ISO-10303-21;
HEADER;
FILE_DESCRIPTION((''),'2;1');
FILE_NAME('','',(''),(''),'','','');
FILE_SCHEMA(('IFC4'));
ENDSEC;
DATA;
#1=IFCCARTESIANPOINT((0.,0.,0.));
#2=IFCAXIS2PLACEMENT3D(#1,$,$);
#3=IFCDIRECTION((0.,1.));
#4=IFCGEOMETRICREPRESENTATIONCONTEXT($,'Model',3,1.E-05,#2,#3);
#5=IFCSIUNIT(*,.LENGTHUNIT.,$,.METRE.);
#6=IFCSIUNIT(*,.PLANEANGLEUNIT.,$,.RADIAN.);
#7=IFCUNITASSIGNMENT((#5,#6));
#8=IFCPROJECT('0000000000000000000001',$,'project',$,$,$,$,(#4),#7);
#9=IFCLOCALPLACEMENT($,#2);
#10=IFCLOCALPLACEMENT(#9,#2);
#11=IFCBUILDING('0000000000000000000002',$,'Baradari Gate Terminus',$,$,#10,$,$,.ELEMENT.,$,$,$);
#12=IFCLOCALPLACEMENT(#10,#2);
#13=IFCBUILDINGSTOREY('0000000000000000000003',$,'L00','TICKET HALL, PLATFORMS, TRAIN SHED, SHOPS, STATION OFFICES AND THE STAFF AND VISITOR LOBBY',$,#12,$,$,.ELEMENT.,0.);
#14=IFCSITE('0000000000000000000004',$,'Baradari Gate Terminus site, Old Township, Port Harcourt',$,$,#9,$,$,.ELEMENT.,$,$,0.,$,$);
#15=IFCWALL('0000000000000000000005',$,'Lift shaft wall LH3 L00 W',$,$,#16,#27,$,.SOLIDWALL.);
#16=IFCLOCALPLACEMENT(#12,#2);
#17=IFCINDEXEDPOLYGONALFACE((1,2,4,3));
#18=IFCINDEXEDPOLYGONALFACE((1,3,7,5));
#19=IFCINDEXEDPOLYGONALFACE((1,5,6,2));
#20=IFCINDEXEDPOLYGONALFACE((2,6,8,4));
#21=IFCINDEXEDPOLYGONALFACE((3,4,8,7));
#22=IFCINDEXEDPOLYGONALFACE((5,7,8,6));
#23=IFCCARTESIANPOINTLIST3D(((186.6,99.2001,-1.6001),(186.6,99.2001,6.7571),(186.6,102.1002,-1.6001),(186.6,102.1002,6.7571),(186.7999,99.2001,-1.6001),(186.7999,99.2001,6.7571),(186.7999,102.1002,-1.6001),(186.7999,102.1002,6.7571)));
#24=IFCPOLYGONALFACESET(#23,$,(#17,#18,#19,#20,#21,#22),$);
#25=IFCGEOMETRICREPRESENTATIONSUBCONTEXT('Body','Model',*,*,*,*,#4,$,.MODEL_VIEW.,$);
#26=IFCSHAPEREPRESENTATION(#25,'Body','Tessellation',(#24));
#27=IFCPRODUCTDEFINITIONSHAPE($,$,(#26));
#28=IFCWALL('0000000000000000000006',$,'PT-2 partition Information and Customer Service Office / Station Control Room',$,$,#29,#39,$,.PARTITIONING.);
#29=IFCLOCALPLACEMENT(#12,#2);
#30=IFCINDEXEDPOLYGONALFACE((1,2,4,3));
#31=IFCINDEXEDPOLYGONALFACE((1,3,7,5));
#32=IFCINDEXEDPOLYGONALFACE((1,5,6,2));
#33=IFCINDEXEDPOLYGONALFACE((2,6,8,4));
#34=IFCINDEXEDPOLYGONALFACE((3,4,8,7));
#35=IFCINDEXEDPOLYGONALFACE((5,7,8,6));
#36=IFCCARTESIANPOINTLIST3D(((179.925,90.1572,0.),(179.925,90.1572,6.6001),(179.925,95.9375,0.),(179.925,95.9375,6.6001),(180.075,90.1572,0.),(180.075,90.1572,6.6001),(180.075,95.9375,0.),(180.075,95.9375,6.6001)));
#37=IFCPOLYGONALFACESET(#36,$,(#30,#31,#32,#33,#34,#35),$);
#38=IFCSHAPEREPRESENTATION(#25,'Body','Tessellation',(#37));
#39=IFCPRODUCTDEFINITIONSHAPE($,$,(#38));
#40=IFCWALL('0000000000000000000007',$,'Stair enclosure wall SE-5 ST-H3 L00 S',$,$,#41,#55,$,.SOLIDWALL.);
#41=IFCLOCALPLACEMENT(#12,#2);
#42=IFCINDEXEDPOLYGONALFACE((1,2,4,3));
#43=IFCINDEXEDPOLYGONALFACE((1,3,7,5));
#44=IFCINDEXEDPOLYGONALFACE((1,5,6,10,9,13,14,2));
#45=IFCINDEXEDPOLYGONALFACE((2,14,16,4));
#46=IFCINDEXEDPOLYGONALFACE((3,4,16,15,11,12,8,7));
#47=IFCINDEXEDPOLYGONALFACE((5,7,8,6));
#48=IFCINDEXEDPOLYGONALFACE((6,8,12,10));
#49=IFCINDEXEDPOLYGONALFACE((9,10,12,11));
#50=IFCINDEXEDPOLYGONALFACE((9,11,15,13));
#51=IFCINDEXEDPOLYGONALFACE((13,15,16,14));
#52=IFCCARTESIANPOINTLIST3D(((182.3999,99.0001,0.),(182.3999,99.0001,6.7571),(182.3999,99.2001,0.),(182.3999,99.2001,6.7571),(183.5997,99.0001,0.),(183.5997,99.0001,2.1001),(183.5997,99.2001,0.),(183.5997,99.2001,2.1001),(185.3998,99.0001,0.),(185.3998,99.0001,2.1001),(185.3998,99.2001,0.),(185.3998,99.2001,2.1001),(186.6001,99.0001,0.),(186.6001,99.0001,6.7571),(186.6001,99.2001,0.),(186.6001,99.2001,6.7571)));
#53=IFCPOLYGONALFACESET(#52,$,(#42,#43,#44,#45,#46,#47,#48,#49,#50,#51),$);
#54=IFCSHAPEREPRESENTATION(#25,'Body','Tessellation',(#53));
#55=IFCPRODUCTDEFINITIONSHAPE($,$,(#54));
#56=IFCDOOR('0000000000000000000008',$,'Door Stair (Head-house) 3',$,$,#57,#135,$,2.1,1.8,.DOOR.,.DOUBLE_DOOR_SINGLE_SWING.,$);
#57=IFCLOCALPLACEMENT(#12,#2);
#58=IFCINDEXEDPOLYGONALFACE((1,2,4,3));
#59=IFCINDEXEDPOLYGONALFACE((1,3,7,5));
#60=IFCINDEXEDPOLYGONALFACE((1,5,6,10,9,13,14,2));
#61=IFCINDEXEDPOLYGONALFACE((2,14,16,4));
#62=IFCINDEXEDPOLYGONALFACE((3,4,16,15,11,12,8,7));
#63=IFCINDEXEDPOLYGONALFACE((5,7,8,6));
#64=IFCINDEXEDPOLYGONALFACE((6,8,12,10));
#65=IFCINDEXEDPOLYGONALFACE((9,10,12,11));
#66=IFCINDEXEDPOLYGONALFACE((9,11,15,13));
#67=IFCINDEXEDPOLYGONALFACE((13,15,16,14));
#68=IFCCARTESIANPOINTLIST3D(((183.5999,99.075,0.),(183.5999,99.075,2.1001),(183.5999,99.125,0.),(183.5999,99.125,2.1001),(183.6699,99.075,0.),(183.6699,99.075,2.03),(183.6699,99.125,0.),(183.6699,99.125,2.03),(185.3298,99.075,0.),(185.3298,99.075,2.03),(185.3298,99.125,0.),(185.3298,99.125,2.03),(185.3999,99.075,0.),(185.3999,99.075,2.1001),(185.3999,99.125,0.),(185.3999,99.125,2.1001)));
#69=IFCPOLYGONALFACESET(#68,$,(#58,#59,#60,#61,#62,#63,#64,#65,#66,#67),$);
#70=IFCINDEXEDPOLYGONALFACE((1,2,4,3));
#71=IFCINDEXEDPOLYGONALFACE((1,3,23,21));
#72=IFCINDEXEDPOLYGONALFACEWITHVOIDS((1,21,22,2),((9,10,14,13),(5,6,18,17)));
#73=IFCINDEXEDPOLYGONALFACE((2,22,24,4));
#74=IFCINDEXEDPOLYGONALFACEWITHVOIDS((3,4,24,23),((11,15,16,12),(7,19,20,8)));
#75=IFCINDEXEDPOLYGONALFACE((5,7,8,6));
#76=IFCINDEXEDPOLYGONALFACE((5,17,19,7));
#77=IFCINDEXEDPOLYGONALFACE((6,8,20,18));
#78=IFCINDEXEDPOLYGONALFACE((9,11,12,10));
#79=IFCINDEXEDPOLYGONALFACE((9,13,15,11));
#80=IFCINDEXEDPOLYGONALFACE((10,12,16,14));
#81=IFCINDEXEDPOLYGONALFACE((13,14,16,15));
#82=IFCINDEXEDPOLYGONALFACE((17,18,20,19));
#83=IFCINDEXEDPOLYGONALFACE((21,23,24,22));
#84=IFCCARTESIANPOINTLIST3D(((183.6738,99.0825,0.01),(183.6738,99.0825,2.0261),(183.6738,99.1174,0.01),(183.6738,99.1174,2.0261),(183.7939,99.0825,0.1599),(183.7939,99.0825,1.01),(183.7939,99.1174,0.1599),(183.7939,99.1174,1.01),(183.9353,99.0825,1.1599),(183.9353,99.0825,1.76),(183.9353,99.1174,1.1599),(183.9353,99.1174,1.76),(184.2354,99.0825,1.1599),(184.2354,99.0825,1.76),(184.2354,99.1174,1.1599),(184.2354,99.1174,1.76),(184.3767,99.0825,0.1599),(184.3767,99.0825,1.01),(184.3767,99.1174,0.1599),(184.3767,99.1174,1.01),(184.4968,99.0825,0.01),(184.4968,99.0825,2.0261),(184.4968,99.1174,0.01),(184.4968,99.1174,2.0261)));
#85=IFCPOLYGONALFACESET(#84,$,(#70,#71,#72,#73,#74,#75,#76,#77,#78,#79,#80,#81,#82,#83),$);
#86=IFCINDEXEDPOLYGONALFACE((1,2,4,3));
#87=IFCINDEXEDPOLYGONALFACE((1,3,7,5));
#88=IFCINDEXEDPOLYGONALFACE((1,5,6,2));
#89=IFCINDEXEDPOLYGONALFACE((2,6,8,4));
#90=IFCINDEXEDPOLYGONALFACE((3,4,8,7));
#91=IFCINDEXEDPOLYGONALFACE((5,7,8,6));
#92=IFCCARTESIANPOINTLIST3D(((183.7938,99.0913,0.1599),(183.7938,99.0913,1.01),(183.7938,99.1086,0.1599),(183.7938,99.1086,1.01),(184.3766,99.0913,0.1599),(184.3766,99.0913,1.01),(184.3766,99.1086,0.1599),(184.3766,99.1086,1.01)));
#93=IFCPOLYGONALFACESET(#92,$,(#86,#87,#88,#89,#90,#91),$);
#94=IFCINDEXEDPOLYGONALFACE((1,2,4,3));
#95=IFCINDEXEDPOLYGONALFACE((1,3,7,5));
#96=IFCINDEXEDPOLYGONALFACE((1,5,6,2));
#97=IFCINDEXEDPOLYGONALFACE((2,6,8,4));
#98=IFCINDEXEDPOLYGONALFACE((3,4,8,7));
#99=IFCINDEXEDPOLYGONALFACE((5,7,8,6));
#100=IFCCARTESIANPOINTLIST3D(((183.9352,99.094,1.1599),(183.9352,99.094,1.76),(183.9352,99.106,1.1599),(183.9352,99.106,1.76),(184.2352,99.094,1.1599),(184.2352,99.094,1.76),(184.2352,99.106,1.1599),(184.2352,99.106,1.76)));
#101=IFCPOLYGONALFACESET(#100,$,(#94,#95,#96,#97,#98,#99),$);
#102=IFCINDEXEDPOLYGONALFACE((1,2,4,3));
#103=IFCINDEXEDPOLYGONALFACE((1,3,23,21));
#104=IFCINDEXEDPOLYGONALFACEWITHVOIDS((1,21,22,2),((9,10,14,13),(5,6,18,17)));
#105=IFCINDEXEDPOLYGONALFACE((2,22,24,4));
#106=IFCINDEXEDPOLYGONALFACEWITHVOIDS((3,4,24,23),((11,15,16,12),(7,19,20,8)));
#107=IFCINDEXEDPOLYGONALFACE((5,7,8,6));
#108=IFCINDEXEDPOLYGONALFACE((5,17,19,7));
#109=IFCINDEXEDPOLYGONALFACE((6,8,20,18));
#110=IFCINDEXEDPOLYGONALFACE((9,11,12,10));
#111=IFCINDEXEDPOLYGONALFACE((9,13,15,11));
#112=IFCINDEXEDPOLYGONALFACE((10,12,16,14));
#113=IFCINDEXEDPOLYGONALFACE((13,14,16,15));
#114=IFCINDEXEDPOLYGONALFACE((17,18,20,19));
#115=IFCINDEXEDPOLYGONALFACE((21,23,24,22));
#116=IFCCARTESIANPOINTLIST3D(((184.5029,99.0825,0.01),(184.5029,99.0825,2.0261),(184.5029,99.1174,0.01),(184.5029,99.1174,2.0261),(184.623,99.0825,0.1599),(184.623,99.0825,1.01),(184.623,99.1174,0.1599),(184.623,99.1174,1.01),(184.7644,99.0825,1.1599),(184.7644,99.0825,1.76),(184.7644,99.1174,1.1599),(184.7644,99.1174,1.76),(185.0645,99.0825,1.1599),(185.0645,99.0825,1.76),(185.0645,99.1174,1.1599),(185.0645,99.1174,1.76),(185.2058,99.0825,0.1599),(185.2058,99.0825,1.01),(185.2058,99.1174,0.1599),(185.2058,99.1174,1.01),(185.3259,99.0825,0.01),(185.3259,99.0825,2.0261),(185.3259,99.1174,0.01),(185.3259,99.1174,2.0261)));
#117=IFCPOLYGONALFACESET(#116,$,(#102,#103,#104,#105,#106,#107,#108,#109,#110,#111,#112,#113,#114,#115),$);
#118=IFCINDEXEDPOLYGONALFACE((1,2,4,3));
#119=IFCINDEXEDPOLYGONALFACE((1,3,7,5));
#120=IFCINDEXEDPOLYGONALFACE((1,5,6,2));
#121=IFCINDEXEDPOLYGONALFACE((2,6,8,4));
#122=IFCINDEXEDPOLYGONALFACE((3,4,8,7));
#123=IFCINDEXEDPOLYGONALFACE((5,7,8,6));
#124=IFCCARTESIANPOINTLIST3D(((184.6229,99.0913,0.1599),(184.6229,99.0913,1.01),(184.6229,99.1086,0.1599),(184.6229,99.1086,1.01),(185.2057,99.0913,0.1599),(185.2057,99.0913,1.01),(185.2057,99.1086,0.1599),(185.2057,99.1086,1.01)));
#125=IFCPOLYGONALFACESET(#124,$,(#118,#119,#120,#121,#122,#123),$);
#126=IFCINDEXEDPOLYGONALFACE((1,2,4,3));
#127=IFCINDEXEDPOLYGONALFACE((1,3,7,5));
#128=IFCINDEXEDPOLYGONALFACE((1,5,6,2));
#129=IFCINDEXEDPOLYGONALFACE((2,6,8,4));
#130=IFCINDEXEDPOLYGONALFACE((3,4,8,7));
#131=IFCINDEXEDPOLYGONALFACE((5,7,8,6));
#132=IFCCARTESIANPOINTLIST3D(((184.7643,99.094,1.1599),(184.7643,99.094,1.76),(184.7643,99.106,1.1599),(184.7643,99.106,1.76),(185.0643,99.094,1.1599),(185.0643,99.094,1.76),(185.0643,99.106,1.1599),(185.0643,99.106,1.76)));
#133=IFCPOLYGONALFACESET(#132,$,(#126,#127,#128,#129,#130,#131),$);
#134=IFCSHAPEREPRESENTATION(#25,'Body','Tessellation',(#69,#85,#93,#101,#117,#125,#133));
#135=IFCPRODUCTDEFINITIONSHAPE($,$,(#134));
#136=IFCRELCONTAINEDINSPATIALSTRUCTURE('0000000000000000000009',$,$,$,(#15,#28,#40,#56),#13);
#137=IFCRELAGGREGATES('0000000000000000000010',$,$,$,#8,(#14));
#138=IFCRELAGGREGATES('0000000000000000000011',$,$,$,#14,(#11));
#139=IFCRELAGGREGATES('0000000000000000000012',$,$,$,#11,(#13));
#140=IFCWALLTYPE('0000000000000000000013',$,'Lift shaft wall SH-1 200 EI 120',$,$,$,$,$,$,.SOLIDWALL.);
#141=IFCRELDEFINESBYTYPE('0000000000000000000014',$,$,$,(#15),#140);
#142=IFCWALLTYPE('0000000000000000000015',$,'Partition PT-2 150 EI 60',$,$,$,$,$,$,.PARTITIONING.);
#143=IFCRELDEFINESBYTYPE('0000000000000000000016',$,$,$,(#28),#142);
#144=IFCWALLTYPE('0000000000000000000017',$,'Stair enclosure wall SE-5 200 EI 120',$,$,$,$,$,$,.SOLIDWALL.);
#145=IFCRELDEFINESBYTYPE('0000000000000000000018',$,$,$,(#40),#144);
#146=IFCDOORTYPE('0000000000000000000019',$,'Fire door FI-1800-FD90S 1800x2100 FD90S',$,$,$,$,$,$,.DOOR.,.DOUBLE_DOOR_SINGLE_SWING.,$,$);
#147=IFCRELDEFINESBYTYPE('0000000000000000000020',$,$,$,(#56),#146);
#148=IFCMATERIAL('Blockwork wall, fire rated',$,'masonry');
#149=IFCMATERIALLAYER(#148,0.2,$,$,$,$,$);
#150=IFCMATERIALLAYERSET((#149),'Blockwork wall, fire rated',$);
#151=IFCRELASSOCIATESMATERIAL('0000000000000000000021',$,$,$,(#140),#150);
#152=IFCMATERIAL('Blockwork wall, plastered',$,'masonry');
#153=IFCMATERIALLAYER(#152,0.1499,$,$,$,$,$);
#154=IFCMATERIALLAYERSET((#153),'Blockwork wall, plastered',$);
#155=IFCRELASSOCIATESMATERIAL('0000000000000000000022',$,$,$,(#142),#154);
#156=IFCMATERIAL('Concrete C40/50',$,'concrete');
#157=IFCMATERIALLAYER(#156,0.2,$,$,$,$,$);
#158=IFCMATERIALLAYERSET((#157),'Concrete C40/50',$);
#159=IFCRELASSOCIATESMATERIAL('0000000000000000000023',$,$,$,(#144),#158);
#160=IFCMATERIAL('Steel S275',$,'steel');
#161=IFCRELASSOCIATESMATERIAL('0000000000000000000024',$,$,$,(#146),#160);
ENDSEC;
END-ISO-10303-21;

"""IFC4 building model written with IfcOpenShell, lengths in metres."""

from ifc_helpers import new_model, si_unit, direction, frame, frame_2d, origin, place, context, subcontext, project, spatial, polyline, rectangle, outline, extrude, material, layer, layer_set, type_object, element, fill, save


model = new_model("IFC4")

# Units and contexts
model_context = context("Model", 3, precision=1e-05, world=origin(), true_north=direction((0.0, 1.0)))
body_context = subcontext(model_context, "Body", "Model", "MODEL_VIEW")
ifc_project = project(units=[si_unit("LENGTHUNIT", "METRE"), si_unit("PLANEANGLEUNIT", "RADIAN")], contexts=[model_context])

# Site, building, storey
site_placement = place(None, origin())
site = spatial("IfcSite", under=ifc_project, at=site_placement, Name="Baradari Gate Terminus site, Old Township, Port Harcourt", CompositionType="ELEMENT", RefElevation=0.0)
building_placement = place(site_placement, origin())
building = spatial("IfcBuilding", under=site, at=building_placement, Name="Baradari Gate Terminus", CompositionType="ELEMENT")
storey_placement = place(building_placement, origin())
storey = spatial("IfcBuildingStorey", under=building, at=storey_placement, Name="L00", Description="TICKET HALL, PLATFORMS, TRAIN SHED, SHOPS, STATION OFFICES AND THE STAFF AND VISITOR LOBBY", CompositionType="ELEMENT", Elevation=0.0)

# Shared definitions
ifc_material_1 = material(Name="Blockwork wall, fire rated", Category="masonry")
ifc_layer_1 = layer(ifc_material_1, 0.2)
ifc_layer_set_1 = layer_set([ifc_layer_1], Name="Blockwork wall, fire rated")
wall_type_1 = type_object("IfcWallType", Name="Lift shaft wall SH-1 200 EI 120", PredefinedType="SOLIDWALL", material=ifc_layer_set_1)

# Walls
wall_1_placement = place(storey_placement, frame((186.7, 99.2, -1.6001), z_axis=(0.0, 0.0, 1.0), x_axis=(0.0, 1.0, 0.0)))
element("IfcWall", 1, at=wall_1_placement, inside=storey, type_object=wall_type_1, Name="Lift shaft wall LH3 L00 W", PredefinedType="SOLIDWALL", context=body_context, shape_type="SweptSolid", body=[
    extrude(rectangle(XDim=2.9001, YDim=0.2, at=frame_2d((1.4502, 0.0))), origin(), (0.0, 0.0, 1.0), 8.3572),
])
ifc_material_2 = material(Name="Blockwork wall, plastered", Category="masonry")
ifc_layer_2 = layer(ifc_material_2, 0.1499)
ifc_layer_set_2 = layer_set([ifc_layer_2], Name="Blockwork wall, plastered")
wall_type_2 = type_object("IfcWallType", Name="Partition PT-2 150 EI 60", PredefinedType="PARTITIONING", material=ifc_layer_set_2)
wall_2_placement = place(storey_placement, frame((180.0, 95.9375, 0.0), z_axis=(0.0, 0.0, 1.0), x_axis=(0.0, -1.0, 0.0)))
element("IfcWall", 2, at=wall_2_placement, inside=storey, type_object=wall_type_2, Name="PT-2 partition Information and Customer Service Office / Station Control Room", PredefinedType="PARTITIONING", context=body_context, shape_type="SweptSolid", body=[
    extrude(rectangle(XDim=5.7803, YDim=0.1499, at=frame_2d((2.8901, 0.0))), origin(), (0.0, 0.0, 1.0), 6.6001),
])

# Wall, opening, door
ifc_material_3 = material(Name="Concrete C40/50", Category="concrete")
ifc_layer_3 = layer(ifc_material_3, 0.2)
ifc_layer_set_3 = layer_set([ifc_layer_3], Name="Concrete C40/50")
wall_type_3 = type_object("IfcWallType", Name="Stair enclosure wall SE-5 200 EI 120", PredefinedType="SOLIDWALL", material=ifc_layer_set_3)
wall_3_placement = place(storey_placement, frame((182.3999, 99.1001, 0.0), z_axis=(0.0, 0.0, 1.0), x_axis=(1.0, 0.0, 0.0)))
wall_3 = element("IfcWall", 3, at=wall_3_placement, inside=storey, type_object=wall_type_3, Name="Stair enclosure wall SE-5 ST-H3 L00 S", PredefinedType="SOLIDWALL", context=body_context, shape_type="SweptSolid", body=[
    extrude(rectangle(XDim=4.2002, YDim=0.2, at=frame_2d((2.1001, 0.0))), origin(), (0.0, 0.0, 1.0), 6.7571),
])
opening_1_placement = place(wall_3_placement, frame((1.2, 0.0, 0.0)))
opening_1 = element("IfcOpeningElement", 4, at=opening_1_placement, cuts=wall_3, PredefinedType="OPENING", context=body_context, shape_type="SweptSolid", body=[
    extrude(rectangle(XDim=1.8, YDim=2.1001, at=frame_2d((0.8999, 1.05))), frame((0.0, 0.1099, 0.0), z_axis=(0.0, -1.0, 0.0), x_axis=(1.0, 0.0, 0.0)), (0.0, 0.0, 1.0), 0.22),
])
ifc_material_4 = material(Name="Steel S275", Category="steel")
door_type_1 = type_object("IfcDoorType", Name="Fire door FI-1800-FD90S 1800x2100 FD90S", OperationType="DOUBLE_DOOR_SINGLE_SWING", PredefinedType="DOOR", material=ifc_material_4)
door_1_placement = place(opening_1_placement, origin())
door_1 = element("IfcDoor", 5, at=door_1_placement, inside=storey, type_object=door_type_1, Name="Door Stair (Head-house) 3", OperationType="DOUBLE_DOOR_SINGLE_SWING", OverallHeight=2.1, OverallWidth=1.8, PredefinedType="DOOR", context=body_context, shape_type="SweptSolid", body=[
    extrude(outline(polyline([(0.0, 0.0), (0.0701, 0.0), (0.0701, 2.03), (1.73, 2.03), (1.73, 0.0), (1.8, 0.0), (1.8, 2.1001), (0.0, 2.1001), (0.0, 0.0)])), frame((0.0, 0.0249, 0.0), z_axis=(0.0, -1.0, 0.0), x_axis=(1.0, 0.0, 0.0)), (0.0, 0.0, 1.0), 0.05),
    extrude(outline(polyline([(0.074, 0.01), (0.897, 0.01), (0.897, 2.0261), (0.074, 2.0261), (0.074, 0.01)]), holes=[polyline([(0.1941, 0.1599), (0.7769, 0.1599), (0.7769, 1.01), (0.1941, 1.01), (0.1941, 0.1599)]), polyline([(0.3354, 1.1599), (0.6355, 1.1599), (0.6355, 1.76), (0.3354, 1.76), (0.3354, 1.1599)])]), frame((0.0, 0.0173, 0.0), z_axis=(0.0, -1.0, 0.0), x_axis=(1.0, 0.0, 0.0)), (0.0, 0.0, 1.0), 0.0349),
    extrude(rectangle(XDim=0.5828, YDim=0.8501, at=frame_2d((0.4854, 0.585))), frame((0.0, 0.0085, 0.0), z_axis=(0.0, -1.0, 0.0), x_axis=(1.0, 0.0, 0.0)), (0.0, 0.0, 1.0), 0.0173),
    extrude(rectangle(XDim=0.3, YDim=0.6001, at=frame_2d((0.4854, 1.46))), frame((0.0, 0.0059, 0.0), z_axis=(0.0, -1.0, 0.0), x_axis=(1.0, 0.0, 0.0)), (0.0, 0.0, 1.0), 0.012),
    extrude(outline(polyline([(0.9031, 0.01), (1.7261, 0.01), (1.7261, 2.0261), (0.9031, 2.0261), (0.9031, 0.01)]), holes=[polyline([(1.0232, 0.1599), (1.606, 0.1599), (1.606, 1.01), (1.0232, 1.01), (1.0232, 0.1599)]), polyline([(1.1646, 1.1599), (1.4646, 1.1599), (1.4646, 1.76), (1.1646, 1.76), (1.1646, 1.1599)])]), frame((0.0, 0.0173, 0.0), z_axis=(0.0, -1.0, 0.0), x_axis=(1.0, 0.0, 0.0)), (0.0, 0.0, 1.0), 0.0349),
    extrude(rectangle(XDim=0.5828, YDim=0.8501, at=frame_2d((1.3145, 0.585))), frame((0.0, 0.0085, 0.0), z_axis=(0.0, -1.0, 0.0), x_axis=(1.0, 0.0, 0.0)), (0.0, 0.0, 1.0), 0.0173),
    extrude(rectangle(XDim=0.3, YDim=0.6001, at=frame_2d((1.3145, 1.46))), frame((0.0, 0.0059, 0.0), z_axis=(0.0, -1.0, 0.0), x_axis=(1.0, 0.0, 0.0)), (0.0, 0.0, 1.0), 0.012),
])
fill(opening_1, door_1)

save(model, "model.ifc")
